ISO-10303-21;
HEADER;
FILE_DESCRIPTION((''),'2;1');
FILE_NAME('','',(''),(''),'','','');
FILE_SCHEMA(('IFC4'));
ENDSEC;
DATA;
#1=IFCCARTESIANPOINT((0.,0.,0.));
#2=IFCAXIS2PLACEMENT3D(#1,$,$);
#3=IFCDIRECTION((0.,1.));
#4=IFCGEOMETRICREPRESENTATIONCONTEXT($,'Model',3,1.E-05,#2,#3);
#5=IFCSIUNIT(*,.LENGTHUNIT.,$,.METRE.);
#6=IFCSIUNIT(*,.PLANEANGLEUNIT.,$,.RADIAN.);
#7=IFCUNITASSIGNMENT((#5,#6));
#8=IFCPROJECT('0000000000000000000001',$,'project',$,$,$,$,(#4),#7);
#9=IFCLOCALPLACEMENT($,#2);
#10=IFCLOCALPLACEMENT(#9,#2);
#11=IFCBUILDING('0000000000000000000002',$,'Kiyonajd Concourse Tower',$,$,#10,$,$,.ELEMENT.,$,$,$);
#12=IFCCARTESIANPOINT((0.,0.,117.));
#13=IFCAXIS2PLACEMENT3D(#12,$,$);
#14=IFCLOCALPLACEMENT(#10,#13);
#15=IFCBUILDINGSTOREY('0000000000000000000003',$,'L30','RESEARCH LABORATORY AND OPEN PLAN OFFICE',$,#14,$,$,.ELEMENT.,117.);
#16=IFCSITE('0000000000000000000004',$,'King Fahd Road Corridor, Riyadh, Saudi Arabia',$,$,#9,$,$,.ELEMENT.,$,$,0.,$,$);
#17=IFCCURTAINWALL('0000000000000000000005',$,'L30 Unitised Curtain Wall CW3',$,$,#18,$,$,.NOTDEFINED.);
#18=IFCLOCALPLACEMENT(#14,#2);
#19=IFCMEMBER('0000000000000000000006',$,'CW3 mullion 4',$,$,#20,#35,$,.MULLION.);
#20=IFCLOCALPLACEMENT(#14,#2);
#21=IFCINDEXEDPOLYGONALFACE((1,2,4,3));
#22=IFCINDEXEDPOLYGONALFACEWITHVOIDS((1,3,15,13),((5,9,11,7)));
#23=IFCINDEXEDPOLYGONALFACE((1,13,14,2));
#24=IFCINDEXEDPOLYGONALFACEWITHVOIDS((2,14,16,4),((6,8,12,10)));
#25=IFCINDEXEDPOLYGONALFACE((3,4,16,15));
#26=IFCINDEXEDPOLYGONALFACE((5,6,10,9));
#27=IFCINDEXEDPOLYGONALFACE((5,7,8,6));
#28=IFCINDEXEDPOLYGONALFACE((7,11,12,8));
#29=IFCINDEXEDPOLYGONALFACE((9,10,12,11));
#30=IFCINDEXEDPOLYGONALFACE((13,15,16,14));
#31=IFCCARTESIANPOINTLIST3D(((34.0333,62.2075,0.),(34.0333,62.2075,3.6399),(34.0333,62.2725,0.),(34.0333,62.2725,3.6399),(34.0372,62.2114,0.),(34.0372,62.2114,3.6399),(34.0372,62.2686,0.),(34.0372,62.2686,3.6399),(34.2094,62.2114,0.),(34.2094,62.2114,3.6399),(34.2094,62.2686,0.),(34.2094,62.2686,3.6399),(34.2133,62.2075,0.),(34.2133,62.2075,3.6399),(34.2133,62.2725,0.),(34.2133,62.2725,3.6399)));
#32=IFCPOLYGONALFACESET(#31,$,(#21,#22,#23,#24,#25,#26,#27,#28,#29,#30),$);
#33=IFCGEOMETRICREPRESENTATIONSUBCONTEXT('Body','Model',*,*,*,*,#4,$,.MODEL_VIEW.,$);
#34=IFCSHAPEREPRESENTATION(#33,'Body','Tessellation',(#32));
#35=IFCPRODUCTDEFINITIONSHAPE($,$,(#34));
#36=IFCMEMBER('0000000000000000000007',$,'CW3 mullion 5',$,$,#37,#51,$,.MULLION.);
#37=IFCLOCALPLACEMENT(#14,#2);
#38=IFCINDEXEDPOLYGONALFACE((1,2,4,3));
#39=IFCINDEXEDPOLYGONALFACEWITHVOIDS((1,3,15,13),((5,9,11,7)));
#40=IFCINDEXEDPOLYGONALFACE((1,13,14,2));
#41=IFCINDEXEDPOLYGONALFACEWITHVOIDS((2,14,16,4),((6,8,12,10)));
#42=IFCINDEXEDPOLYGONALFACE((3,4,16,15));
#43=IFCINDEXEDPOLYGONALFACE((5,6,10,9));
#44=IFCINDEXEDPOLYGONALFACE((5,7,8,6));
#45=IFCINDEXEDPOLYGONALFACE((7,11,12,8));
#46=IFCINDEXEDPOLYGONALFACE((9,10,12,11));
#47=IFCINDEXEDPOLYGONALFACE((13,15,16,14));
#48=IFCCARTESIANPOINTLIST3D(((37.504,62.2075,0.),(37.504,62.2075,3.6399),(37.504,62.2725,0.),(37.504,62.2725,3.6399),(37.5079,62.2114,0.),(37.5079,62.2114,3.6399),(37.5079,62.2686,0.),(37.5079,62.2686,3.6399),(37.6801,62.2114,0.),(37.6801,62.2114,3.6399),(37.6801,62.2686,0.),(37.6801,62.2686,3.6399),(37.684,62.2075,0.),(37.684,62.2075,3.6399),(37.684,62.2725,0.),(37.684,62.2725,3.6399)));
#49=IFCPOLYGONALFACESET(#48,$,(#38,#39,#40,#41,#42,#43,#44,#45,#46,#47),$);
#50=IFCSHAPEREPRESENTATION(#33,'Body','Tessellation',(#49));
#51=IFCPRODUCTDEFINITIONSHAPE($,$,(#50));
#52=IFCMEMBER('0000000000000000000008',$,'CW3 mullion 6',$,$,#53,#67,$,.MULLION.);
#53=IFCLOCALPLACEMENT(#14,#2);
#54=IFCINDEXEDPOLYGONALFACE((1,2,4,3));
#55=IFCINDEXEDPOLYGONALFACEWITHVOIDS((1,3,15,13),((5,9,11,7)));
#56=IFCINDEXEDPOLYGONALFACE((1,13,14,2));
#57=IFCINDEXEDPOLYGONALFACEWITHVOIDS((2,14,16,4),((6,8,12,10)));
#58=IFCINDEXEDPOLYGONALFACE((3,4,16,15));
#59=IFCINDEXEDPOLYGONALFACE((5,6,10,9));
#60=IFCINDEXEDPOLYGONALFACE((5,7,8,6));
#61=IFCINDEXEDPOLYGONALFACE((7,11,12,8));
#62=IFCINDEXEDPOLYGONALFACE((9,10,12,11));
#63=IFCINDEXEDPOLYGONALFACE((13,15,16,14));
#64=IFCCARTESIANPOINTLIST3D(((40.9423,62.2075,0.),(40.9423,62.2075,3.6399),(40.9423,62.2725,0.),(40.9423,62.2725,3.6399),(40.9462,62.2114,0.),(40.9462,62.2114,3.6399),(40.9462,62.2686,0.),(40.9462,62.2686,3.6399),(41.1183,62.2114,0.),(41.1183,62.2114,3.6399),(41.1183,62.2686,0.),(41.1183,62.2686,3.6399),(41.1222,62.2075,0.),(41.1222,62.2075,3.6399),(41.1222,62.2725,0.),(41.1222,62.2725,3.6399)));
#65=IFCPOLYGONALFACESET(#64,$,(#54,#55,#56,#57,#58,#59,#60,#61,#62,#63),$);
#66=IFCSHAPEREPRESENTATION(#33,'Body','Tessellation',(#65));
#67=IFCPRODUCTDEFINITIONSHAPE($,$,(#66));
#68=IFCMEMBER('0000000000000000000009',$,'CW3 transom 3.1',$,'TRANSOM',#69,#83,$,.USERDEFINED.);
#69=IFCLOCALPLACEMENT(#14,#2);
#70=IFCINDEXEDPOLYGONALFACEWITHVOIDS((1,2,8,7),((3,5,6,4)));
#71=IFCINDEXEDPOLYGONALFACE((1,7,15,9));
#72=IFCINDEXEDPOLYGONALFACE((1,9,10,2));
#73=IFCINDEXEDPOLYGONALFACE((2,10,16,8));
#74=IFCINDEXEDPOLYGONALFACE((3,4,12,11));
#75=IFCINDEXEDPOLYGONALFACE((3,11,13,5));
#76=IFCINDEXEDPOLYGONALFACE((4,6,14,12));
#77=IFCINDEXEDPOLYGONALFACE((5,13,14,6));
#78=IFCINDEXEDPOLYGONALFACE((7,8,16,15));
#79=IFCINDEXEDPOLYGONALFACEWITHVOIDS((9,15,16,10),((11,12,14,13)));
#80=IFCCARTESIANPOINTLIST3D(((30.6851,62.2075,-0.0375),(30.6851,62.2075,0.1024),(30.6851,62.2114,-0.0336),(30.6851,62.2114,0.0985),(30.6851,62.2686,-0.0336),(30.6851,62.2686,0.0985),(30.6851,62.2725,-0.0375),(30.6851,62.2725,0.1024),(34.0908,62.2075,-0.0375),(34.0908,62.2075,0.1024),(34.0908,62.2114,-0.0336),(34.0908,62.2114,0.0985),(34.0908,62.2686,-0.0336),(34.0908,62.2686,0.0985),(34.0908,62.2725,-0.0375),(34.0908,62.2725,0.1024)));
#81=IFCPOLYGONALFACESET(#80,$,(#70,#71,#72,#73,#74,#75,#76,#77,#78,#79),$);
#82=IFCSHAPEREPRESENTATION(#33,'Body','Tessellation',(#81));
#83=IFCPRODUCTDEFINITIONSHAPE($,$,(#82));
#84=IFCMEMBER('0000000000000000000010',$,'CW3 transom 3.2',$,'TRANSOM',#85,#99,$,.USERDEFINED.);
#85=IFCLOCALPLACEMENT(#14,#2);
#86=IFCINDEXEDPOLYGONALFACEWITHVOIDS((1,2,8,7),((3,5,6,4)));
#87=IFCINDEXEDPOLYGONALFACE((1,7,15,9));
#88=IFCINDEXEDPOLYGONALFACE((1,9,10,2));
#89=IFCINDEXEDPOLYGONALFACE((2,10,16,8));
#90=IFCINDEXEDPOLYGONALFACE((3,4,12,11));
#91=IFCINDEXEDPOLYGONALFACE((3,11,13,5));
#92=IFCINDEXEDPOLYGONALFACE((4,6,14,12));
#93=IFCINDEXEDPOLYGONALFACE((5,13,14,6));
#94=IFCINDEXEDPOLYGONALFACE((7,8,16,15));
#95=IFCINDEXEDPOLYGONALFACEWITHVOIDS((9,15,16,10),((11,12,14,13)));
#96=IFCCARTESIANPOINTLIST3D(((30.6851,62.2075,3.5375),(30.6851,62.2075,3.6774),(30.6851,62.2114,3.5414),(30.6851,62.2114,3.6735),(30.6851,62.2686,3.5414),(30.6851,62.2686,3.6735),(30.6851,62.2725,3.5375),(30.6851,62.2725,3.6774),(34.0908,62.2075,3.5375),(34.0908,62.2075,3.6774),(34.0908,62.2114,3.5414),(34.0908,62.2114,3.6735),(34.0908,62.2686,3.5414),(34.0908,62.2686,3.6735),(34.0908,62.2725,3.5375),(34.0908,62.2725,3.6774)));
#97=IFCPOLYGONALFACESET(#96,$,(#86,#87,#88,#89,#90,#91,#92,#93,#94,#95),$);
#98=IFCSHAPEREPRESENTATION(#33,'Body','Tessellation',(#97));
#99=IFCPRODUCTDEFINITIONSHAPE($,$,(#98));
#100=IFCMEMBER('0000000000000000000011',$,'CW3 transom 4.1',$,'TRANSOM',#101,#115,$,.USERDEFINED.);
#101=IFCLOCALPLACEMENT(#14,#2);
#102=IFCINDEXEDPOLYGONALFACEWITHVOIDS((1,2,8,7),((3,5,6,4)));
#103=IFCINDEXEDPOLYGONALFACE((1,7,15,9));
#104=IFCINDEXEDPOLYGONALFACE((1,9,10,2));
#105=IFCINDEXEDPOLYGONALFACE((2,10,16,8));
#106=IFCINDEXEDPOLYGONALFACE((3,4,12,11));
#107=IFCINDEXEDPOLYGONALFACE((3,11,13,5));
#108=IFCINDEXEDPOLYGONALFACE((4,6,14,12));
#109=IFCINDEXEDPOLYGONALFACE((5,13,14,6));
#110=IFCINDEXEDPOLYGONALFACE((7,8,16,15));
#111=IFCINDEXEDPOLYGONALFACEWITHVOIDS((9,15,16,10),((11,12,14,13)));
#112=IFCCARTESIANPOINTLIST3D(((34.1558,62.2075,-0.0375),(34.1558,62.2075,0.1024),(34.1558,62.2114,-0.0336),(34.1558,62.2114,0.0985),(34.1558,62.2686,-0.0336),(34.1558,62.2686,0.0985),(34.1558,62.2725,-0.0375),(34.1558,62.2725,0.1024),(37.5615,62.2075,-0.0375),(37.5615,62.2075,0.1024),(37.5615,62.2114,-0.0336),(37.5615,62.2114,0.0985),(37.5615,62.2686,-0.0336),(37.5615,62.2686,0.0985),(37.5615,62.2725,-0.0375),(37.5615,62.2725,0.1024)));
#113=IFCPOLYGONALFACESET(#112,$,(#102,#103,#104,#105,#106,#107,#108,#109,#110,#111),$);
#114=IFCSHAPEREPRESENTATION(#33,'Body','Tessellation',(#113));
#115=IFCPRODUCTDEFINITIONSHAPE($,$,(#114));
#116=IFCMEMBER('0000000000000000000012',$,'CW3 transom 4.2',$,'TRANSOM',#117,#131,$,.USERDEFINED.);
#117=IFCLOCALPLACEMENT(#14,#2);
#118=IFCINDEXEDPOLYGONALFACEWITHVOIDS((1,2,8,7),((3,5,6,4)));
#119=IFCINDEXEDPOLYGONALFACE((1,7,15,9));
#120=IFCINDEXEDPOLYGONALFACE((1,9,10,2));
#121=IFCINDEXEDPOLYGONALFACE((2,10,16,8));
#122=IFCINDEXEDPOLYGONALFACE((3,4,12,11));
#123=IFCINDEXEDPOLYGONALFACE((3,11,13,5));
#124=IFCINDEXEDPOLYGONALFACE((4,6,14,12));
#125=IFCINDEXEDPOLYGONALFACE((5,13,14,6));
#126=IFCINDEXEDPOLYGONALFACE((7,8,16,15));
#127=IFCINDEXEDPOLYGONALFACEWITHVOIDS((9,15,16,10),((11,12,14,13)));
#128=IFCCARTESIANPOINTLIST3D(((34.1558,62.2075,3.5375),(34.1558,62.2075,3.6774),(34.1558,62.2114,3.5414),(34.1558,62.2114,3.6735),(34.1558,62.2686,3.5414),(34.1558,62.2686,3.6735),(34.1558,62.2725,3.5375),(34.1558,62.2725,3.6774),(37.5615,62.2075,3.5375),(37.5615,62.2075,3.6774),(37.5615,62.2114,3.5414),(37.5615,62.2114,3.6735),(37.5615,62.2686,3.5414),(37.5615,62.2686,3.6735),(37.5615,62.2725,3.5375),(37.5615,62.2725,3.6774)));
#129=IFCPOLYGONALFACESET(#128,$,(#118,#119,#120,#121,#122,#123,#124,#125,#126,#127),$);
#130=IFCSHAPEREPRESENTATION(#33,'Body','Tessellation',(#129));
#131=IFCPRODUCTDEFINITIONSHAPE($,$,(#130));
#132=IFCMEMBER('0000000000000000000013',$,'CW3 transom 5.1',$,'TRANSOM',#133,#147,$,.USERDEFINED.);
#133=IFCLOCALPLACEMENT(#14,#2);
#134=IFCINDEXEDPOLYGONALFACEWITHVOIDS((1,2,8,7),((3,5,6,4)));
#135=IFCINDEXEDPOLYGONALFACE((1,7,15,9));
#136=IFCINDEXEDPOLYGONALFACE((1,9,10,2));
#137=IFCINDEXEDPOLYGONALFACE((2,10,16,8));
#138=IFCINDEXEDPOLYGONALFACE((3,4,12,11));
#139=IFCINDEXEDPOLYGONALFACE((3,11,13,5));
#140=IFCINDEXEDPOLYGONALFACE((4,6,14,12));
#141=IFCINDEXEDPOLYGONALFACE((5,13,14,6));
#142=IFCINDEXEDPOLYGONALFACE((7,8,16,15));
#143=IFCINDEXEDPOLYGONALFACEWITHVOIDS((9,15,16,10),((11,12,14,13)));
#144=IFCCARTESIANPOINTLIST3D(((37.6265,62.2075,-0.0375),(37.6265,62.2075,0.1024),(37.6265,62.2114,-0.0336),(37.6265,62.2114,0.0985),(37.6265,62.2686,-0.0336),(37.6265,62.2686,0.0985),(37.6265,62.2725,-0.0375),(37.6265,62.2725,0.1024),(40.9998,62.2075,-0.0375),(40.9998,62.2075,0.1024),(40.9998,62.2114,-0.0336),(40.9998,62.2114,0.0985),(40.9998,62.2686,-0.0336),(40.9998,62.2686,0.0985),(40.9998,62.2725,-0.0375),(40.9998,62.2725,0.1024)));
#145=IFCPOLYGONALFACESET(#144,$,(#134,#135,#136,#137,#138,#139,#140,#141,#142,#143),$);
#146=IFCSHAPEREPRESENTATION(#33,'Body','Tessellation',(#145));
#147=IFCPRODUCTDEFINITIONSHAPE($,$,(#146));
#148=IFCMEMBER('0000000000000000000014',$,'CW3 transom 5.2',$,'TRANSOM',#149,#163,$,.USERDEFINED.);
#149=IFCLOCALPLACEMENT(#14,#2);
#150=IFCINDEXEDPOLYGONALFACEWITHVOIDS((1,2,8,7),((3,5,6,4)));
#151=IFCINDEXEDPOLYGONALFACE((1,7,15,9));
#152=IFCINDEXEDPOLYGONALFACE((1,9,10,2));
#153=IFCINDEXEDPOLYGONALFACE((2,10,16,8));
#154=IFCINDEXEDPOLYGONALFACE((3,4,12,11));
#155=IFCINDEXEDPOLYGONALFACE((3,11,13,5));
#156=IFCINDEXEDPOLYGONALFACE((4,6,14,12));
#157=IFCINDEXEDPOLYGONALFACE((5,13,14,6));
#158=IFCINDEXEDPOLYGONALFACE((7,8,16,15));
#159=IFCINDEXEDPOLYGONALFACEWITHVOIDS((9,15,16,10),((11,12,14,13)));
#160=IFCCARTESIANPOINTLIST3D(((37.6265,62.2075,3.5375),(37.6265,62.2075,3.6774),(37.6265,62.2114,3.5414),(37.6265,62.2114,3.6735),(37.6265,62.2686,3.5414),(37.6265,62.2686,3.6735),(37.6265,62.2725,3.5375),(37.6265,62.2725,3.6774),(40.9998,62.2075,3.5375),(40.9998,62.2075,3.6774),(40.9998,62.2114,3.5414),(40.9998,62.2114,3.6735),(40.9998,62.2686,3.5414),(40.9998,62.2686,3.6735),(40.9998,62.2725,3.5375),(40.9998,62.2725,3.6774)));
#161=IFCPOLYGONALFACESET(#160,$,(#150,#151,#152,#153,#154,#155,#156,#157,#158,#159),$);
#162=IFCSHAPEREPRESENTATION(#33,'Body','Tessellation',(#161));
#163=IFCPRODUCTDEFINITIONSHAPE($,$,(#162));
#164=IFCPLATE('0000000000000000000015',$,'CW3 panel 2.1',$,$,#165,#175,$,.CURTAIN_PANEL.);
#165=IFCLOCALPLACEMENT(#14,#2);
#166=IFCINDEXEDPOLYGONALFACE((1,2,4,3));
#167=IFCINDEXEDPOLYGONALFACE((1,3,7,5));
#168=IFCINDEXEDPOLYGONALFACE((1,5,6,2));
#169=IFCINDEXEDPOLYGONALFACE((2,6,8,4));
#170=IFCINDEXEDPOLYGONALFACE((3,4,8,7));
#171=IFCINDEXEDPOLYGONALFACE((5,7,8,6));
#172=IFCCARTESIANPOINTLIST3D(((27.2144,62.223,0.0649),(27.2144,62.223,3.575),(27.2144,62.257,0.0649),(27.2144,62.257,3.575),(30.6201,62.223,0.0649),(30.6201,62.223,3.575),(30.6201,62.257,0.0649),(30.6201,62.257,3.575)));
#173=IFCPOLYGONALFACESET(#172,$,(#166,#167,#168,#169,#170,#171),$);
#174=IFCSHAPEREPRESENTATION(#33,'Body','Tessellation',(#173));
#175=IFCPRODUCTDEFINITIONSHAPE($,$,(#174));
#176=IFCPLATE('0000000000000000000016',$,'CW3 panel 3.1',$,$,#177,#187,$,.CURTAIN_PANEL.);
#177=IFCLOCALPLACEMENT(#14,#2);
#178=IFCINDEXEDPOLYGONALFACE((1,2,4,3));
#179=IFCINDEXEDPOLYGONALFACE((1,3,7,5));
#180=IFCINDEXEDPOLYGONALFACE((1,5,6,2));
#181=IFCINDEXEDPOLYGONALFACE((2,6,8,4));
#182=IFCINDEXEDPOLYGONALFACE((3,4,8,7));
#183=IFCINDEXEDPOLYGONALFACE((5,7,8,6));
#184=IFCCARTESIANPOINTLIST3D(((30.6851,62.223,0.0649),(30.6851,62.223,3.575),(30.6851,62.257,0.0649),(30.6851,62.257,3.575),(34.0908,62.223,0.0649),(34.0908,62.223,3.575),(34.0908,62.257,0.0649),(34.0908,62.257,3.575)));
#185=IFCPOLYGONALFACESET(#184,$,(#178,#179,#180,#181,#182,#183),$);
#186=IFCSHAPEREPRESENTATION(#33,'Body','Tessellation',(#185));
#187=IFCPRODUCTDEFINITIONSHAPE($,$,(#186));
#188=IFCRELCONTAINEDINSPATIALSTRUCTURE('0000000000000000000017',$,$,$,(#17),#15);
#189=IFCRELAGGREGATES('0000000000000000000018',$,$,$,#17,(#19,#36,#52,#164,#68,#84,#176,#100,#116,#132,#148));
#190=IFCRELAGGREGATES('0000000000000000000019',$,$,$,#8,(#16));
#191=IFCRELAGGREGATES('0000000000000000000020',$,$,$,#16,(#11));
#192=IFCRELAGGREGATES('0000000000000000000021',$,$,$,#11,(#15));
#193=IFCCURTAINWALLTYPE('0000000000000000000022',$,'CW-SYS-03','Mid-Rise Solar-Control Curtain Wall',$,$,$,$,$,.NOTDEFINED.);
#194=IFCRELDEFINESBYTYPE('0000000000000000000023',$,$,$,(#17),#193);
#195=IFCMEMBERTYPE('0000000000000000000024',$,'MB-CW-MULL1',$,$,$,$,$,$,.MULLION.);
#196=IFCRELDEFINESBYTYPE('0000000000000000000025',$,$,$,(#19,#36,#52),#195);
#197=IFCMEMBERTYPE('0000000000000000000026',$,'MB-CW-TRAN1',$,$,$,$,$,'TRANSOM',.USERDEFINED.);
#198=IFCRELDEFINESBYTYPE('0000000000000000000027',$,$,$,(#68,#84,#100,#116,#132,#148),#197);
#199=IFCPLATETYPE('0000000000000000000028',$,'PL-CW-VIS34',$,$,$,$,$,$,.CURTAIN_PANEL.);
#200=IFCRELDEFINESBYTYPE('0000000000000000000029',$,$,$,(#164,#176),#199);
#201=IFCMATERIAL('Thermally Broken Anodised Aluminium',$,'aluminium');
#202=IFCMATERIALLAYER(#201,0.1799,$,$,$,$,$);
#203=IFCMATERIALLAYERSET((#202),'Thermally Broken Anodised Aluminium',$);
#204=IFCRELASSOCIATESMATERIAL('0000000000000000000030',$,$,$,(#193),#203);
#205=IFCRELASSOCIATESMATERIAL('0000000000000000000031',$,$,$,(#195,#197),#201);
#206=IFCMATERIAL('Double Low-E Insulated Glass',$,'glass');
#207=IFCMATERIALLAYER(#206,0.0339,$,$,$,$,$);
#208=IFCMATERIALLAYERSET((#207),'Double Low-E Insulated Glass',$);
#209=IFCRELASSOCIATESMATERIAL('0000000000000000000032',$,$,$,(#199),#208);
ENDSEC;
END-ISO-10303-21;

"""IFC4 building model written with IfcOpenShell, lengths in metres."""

from ifc_helpers import new_model, si_unit, direction, frame, origin, origin_2d, place, context, subcontext, project, spatial, rectangle, hollow_rectangle, extrude, material, layer, layer_set, material_profile, profile_set, type_object, element, aggregate, save


model = new_model("IFC4")

# Units and contexts
model_context = context("Model", 3, precision=1e-05, world=origin(), true_north=direction((0.0, 1.0)))
body_context = subcontext(model_context, "Body", "Model", "MODEL_VIEW")
ifc_project = project(units=[si_unit("LENGTHUNIT", "METRE"), si_unit("PLANEANGLEUNIT", "RADIAN")], contexts=[model_context])

# Site, building, storey
site_placement = place(None, origin())
site = spatial("IfcSite", under=ifc_project, at=site_placement, Name="King Fahd Road Corridor, Riyadh, Saudi Arabia", CompositionType="ELEMENT", RefElevation=0.0)
building_placement = place(site_placement, origin())
building = spatial("IfcBuilding", under=site, at=building_placement, Name="Kiyonajd Concourse Tower", CompositionType="ELEMENT")
storey_placement = place(building_placement, frame((0.0, 0.0, 117.0)))
storey = spatial("IfcBuildingStorey", under=building, at=storey_placement, Name="L30", Description="RESEARCH LABORATORY AND OPEN PLAN OFFICE", CompositionType="ELEMENT", Elevation=117.0)

# Curtain wall, members, plates
ifc_material_1 = material(Name="Thermally Broken Anodised Aluminium", Category="aluminium")
ifc_layer_1 = layer(ifc_material_1, 0.1799)
ifc_layer_set_1 = layer_set([ifc_layer_1], Name="Thermally Broken Anodised Aluminium")
curtain_wall_type = type_object("IfcCurtainWallType", Name="CW-SYS-03", Description="Mid-Rise Solar-Control Curtain Wall", PredefinedType="NOTDEFINED", material=ifc_layer_set_1)
curtain_wall_placement = place(storey_placement, origin())
curtain_wall = element("IfcCurtainWall", 1, at=curtain_wall_placement, inside=storey, type_object=curtain_wall_type, Name="L30 Unitised Curtain Wall CW3", PredefinedType="NOTDEFINED")
ifc_material_profile_1 = material_profile(ifc_material_1, hollow_rectangle(XDim=0.0649, YDim=0.1799, WallThickness=0.0039, at=origin_2d()), Name="MULL-65x180")
ifc_profile_set_1 = profile_set([ifc_material_profile_1], Name="Thermally Broken Anodised Aluminium")
member_type_1 = type_object("IfcMemberType", Name="MB-CW-MULL1", PredefinedType="MULLION", material=ifc_profile_set_1)
member_1_placement = place(storey_placement, frame((34.1233, 62.24, 0.0), z_axis=(0.0, 0.0, 1.0), x_axis=(0.0, 1.0, 0.0)))
member_1 = element("IfcMember", 2, at=member_1_placement, type_object=member_type_1, Name="CW3 mullion 4", PredefinedType="MULLION", context=body_context, shape_type="SweptSolid", body=[
    extrude(hollow_rectangle(XDim=0.0649, YDim=0.1799, WallThickness=0.0039, at=origin_2d()), origin(), (0.0, 0.0, 1.0), 3.6399),
])
member_2_placement = place(storey_placement, frame((37.594, 62.24, 0.0), z_axis=(0.0, 0.0, 1.0), x_axis=(0.0, 1.0, 0.0)))
member_2 = element("IfcMember", 3, at=member_2_placement, type_object=member_type_1, Name="CW3 mullion 5", PredefinedType="MULLION", context=body_context, shape_type="SweptSolid", body=[
    extrude(hollow_rectangle(XDim=0.0649, YDim=0.1799, WallThickness=0.0039, at=origin_2d()), origin(), (0.0, 0.0, 1.0), 3.6399),
])
member_3_placement = place(storey_placement, frame((41.0322, 62.24, 0.0), z_axis=(0.0, 0.0, 1.0), x_axis=(0.0, 1.0, 0.0)))
member_3 = element("IfcMember", 4, at=member_3_placement, type_object=member_type_1, Name="CW3 mullion 6", PredefinedType="MULLION", context=body_context, shape_type="SweptSolid", body=[
    extrude(hollow_rectangle(XDim=0.0649, YDim=0.1799, WallThickness=0.0039, at=origin_2d()), origin(), (0.0, 0.0, 1.0), 3.6399),
])
ifc_material_profile_2 = material_profile(ifc_material_1, hollow_rectangle(XDim=0.0649, YDim=0.1399, WallThickness=0.0039, at=origin_2d()), Name="TRAN-65x140")
ifc_profile_set_2 = profile_set([ifc_material_profile_2], Name="Thermally Broken Anodised Aluminium")
member_type_2 = type_object("IfcMemberType", Name="MB-CW-TRAN1", ElementType="TRANSOM", PredefinedType="USERDEFINED", material=ifc_profile_set_2)
member_4_placement = place(storey_placement, frame((30.6851, 62.24, 0.0325), z_axis=(1.0, 0.0, 0.0), x_axis=(0.0, 1.0, 0.0)))
member_4 = element("IfcMember", 5, at=member_4_placement, type_object=member_type_2, Name="CW3 transom 3.1", ObjectType="TRANSOM", PredefinedType="USERDEFINED", context=body_context, shape_type="SweptSolid", body=[
    extrude(hollow_rectangle(XDim=0.0649, YDim=0.1399, WallThickness=0.0039, at=origin_2d()), origin(), (0.0, 0.0, 1.0), 3.4058),
])
member_5_placement = place(storey_placement, frame((30.6851, 62.24, 3.6074), z_axis=(1.0, 0.0, 0.0), x_axis=(0.0, 1.0, 0.0)))
member_5 = element("IfcMember", 6, at=member_5_placement, type_object=member_type_2, Name="CW3 transom 3.2", ObjectType="TRANSOM", PredefinedType="USERDEFINED", context=body_context, shape_type="SweptSolid", body=[
    extrude(hollow_rectangle(XDim=0.0649, YDim=0.1399, WallThickness=0.0039, at=origin_2d()), origin(), (0.0, 0.0, 1.0), 3.4058),
])
member_6_placement = place(storey_placement, frame((34.1558, 62.24, 0.0325), z_axis=(1.0, 0.0, 0.0), x_axis=(0.0, 1.0, 0.0)))
member_6 = element("IfcMember", 7, at=member_6_placement, type_object=member_type_2, Name="CW3 transom 4.1", ObjectType="TRANSOM", PredefinedType="USERDEFINED", context=body_context, shape_type="SweptSolid", body=[
    extrude(hollow_rectangle(XDim=0.0649, YDim=0.1399, WallThickness=0.0039, at=origin_2d()), origin(), (0.0, 0.0, 1.0), 3.4058),
])
member_7_placement = place(storey_placement, frame((34.1558, 62.24, 3.6074), z_axis=(1.0, 0.0, 0.0), x_axis=(0.0, 1.0, 0.0)))
member_7 = element("IfcMember", 8, at=member_7_placement, type_object=member_type_2, Name="CW3 transom 4.2", ObjectType="TRANSOM", PredefinedType="USERDEFINED", context=body_context, shape_type="SweptSolid", body=[
    extrude(hollow_rectangle(XDim=0.0649, YDim=0.1399, WallThickness=0.0039, at=origin_2d()), origin(), (0.0, 0.0, 1.0), 3.4058),
])
member_8_placement = place(storey_placement, frame((37.6265, 62.24, 0.0325), z_axis=(1.0, 0.0, 0.0), x_axis=(0.0, 1.0, 0.0)))
member_8 = element("IfcMember", 9, at=member_8_placement, type_object=member_type_2, Name="CW3 transom 5.1", ObjectType="TRANSOM", PredefinedType="USERDEFINED", context=body_context, shape_type="SweptSolid", body=[
    extrude(hollow_rectangle(XDim=0.0649, YDim=0.1399, WallThickness=0.0039, at=origin_2d()), origin(), (0.0, 0.0, 1.0), 3.3733),
])
member_9_placement = place(storey_placement, frame((37.6265, 62.24, 3.6074), z_axis=(1.0, 0.0, 0.0), x_axis=(0.0, 1.0, 0.0)))
member_9 = element("IfcMember", 10, at=member_9_placement, type_object=member_type_2, Name="CW3 transom 5.2", ObjectType="TRANSOM", PredefinedType="USERDEFINED", context=body_context, shape_type="SweptSolid", body=[
    extrude(hollow_rectangle(XDim=0.0649, YDim=0.1399, WallThickness=0.0039, at=origin_2d()), origin(), (0.0, 0.0, 1.0), 3.3733),
])
ifc_material_2 = material(Name="Double Low-E Insulated Glass", Category="glass")
ifc_layer_2 = layer(ifc_material_2, 0.0339)
ifc_layer_set_2 = layer_set([ifc_layer_2], Name="Double Low-E Insulated Glass")
plate_type_1 = type_object("IfcPlateType", Name="PL-CW-VIS34", PredefinedType="CURTAIN_PANEL", material=ifc_layer_set_2)
plate_1_placement = place(storey_placement, frame((28.9172, 62.24, 0.0649), z_axis=(0.0, 0.0, 1.0), x_axis=(1.0, 0.0, 0.0)))
plate_1 = element("IfcPlate", 11, at=plate_1_placement, type_object=plate_type_1, Name="CW3 panel 2.1", PredefinedType="CURTAIN_PANEL", context=body_context, shape_type="SweptSolid", body=[
    extrude(rectangle(XDim=3.4058, YDim=0.0339, at=origin_2d()), origin(), (0.0, 0.0, 1.0), 3.51),
])
plate_2_placement = place(storey_placement, frame((32.3879, 62.24, 0.0649), z_axis=(0.0, 0.0, 1.0), x_axis=(1.0, 0.0, 0.0)))
plate_2 = element("IfcPlate", 12, at=plate_2_placement, type_object=plate_type_1, Name="CW3 panel 3.1", PredefinedType="CURTAIN_PANEL", context=body_context, shape_type="SweptSolid", body=[
    extrude(rectangle(XDim=3.4058, YDim=0.0339, at=origin_2d()), origin(), (0.0, 0.0, 1.0), 3.51),
])
aggregate(curtain_wall, [member_1, member_2, member_3, plate_1, member_4, member_5, plate_2, member_6, member_7, member_8, member_9])

save(model, "model.ifc")
